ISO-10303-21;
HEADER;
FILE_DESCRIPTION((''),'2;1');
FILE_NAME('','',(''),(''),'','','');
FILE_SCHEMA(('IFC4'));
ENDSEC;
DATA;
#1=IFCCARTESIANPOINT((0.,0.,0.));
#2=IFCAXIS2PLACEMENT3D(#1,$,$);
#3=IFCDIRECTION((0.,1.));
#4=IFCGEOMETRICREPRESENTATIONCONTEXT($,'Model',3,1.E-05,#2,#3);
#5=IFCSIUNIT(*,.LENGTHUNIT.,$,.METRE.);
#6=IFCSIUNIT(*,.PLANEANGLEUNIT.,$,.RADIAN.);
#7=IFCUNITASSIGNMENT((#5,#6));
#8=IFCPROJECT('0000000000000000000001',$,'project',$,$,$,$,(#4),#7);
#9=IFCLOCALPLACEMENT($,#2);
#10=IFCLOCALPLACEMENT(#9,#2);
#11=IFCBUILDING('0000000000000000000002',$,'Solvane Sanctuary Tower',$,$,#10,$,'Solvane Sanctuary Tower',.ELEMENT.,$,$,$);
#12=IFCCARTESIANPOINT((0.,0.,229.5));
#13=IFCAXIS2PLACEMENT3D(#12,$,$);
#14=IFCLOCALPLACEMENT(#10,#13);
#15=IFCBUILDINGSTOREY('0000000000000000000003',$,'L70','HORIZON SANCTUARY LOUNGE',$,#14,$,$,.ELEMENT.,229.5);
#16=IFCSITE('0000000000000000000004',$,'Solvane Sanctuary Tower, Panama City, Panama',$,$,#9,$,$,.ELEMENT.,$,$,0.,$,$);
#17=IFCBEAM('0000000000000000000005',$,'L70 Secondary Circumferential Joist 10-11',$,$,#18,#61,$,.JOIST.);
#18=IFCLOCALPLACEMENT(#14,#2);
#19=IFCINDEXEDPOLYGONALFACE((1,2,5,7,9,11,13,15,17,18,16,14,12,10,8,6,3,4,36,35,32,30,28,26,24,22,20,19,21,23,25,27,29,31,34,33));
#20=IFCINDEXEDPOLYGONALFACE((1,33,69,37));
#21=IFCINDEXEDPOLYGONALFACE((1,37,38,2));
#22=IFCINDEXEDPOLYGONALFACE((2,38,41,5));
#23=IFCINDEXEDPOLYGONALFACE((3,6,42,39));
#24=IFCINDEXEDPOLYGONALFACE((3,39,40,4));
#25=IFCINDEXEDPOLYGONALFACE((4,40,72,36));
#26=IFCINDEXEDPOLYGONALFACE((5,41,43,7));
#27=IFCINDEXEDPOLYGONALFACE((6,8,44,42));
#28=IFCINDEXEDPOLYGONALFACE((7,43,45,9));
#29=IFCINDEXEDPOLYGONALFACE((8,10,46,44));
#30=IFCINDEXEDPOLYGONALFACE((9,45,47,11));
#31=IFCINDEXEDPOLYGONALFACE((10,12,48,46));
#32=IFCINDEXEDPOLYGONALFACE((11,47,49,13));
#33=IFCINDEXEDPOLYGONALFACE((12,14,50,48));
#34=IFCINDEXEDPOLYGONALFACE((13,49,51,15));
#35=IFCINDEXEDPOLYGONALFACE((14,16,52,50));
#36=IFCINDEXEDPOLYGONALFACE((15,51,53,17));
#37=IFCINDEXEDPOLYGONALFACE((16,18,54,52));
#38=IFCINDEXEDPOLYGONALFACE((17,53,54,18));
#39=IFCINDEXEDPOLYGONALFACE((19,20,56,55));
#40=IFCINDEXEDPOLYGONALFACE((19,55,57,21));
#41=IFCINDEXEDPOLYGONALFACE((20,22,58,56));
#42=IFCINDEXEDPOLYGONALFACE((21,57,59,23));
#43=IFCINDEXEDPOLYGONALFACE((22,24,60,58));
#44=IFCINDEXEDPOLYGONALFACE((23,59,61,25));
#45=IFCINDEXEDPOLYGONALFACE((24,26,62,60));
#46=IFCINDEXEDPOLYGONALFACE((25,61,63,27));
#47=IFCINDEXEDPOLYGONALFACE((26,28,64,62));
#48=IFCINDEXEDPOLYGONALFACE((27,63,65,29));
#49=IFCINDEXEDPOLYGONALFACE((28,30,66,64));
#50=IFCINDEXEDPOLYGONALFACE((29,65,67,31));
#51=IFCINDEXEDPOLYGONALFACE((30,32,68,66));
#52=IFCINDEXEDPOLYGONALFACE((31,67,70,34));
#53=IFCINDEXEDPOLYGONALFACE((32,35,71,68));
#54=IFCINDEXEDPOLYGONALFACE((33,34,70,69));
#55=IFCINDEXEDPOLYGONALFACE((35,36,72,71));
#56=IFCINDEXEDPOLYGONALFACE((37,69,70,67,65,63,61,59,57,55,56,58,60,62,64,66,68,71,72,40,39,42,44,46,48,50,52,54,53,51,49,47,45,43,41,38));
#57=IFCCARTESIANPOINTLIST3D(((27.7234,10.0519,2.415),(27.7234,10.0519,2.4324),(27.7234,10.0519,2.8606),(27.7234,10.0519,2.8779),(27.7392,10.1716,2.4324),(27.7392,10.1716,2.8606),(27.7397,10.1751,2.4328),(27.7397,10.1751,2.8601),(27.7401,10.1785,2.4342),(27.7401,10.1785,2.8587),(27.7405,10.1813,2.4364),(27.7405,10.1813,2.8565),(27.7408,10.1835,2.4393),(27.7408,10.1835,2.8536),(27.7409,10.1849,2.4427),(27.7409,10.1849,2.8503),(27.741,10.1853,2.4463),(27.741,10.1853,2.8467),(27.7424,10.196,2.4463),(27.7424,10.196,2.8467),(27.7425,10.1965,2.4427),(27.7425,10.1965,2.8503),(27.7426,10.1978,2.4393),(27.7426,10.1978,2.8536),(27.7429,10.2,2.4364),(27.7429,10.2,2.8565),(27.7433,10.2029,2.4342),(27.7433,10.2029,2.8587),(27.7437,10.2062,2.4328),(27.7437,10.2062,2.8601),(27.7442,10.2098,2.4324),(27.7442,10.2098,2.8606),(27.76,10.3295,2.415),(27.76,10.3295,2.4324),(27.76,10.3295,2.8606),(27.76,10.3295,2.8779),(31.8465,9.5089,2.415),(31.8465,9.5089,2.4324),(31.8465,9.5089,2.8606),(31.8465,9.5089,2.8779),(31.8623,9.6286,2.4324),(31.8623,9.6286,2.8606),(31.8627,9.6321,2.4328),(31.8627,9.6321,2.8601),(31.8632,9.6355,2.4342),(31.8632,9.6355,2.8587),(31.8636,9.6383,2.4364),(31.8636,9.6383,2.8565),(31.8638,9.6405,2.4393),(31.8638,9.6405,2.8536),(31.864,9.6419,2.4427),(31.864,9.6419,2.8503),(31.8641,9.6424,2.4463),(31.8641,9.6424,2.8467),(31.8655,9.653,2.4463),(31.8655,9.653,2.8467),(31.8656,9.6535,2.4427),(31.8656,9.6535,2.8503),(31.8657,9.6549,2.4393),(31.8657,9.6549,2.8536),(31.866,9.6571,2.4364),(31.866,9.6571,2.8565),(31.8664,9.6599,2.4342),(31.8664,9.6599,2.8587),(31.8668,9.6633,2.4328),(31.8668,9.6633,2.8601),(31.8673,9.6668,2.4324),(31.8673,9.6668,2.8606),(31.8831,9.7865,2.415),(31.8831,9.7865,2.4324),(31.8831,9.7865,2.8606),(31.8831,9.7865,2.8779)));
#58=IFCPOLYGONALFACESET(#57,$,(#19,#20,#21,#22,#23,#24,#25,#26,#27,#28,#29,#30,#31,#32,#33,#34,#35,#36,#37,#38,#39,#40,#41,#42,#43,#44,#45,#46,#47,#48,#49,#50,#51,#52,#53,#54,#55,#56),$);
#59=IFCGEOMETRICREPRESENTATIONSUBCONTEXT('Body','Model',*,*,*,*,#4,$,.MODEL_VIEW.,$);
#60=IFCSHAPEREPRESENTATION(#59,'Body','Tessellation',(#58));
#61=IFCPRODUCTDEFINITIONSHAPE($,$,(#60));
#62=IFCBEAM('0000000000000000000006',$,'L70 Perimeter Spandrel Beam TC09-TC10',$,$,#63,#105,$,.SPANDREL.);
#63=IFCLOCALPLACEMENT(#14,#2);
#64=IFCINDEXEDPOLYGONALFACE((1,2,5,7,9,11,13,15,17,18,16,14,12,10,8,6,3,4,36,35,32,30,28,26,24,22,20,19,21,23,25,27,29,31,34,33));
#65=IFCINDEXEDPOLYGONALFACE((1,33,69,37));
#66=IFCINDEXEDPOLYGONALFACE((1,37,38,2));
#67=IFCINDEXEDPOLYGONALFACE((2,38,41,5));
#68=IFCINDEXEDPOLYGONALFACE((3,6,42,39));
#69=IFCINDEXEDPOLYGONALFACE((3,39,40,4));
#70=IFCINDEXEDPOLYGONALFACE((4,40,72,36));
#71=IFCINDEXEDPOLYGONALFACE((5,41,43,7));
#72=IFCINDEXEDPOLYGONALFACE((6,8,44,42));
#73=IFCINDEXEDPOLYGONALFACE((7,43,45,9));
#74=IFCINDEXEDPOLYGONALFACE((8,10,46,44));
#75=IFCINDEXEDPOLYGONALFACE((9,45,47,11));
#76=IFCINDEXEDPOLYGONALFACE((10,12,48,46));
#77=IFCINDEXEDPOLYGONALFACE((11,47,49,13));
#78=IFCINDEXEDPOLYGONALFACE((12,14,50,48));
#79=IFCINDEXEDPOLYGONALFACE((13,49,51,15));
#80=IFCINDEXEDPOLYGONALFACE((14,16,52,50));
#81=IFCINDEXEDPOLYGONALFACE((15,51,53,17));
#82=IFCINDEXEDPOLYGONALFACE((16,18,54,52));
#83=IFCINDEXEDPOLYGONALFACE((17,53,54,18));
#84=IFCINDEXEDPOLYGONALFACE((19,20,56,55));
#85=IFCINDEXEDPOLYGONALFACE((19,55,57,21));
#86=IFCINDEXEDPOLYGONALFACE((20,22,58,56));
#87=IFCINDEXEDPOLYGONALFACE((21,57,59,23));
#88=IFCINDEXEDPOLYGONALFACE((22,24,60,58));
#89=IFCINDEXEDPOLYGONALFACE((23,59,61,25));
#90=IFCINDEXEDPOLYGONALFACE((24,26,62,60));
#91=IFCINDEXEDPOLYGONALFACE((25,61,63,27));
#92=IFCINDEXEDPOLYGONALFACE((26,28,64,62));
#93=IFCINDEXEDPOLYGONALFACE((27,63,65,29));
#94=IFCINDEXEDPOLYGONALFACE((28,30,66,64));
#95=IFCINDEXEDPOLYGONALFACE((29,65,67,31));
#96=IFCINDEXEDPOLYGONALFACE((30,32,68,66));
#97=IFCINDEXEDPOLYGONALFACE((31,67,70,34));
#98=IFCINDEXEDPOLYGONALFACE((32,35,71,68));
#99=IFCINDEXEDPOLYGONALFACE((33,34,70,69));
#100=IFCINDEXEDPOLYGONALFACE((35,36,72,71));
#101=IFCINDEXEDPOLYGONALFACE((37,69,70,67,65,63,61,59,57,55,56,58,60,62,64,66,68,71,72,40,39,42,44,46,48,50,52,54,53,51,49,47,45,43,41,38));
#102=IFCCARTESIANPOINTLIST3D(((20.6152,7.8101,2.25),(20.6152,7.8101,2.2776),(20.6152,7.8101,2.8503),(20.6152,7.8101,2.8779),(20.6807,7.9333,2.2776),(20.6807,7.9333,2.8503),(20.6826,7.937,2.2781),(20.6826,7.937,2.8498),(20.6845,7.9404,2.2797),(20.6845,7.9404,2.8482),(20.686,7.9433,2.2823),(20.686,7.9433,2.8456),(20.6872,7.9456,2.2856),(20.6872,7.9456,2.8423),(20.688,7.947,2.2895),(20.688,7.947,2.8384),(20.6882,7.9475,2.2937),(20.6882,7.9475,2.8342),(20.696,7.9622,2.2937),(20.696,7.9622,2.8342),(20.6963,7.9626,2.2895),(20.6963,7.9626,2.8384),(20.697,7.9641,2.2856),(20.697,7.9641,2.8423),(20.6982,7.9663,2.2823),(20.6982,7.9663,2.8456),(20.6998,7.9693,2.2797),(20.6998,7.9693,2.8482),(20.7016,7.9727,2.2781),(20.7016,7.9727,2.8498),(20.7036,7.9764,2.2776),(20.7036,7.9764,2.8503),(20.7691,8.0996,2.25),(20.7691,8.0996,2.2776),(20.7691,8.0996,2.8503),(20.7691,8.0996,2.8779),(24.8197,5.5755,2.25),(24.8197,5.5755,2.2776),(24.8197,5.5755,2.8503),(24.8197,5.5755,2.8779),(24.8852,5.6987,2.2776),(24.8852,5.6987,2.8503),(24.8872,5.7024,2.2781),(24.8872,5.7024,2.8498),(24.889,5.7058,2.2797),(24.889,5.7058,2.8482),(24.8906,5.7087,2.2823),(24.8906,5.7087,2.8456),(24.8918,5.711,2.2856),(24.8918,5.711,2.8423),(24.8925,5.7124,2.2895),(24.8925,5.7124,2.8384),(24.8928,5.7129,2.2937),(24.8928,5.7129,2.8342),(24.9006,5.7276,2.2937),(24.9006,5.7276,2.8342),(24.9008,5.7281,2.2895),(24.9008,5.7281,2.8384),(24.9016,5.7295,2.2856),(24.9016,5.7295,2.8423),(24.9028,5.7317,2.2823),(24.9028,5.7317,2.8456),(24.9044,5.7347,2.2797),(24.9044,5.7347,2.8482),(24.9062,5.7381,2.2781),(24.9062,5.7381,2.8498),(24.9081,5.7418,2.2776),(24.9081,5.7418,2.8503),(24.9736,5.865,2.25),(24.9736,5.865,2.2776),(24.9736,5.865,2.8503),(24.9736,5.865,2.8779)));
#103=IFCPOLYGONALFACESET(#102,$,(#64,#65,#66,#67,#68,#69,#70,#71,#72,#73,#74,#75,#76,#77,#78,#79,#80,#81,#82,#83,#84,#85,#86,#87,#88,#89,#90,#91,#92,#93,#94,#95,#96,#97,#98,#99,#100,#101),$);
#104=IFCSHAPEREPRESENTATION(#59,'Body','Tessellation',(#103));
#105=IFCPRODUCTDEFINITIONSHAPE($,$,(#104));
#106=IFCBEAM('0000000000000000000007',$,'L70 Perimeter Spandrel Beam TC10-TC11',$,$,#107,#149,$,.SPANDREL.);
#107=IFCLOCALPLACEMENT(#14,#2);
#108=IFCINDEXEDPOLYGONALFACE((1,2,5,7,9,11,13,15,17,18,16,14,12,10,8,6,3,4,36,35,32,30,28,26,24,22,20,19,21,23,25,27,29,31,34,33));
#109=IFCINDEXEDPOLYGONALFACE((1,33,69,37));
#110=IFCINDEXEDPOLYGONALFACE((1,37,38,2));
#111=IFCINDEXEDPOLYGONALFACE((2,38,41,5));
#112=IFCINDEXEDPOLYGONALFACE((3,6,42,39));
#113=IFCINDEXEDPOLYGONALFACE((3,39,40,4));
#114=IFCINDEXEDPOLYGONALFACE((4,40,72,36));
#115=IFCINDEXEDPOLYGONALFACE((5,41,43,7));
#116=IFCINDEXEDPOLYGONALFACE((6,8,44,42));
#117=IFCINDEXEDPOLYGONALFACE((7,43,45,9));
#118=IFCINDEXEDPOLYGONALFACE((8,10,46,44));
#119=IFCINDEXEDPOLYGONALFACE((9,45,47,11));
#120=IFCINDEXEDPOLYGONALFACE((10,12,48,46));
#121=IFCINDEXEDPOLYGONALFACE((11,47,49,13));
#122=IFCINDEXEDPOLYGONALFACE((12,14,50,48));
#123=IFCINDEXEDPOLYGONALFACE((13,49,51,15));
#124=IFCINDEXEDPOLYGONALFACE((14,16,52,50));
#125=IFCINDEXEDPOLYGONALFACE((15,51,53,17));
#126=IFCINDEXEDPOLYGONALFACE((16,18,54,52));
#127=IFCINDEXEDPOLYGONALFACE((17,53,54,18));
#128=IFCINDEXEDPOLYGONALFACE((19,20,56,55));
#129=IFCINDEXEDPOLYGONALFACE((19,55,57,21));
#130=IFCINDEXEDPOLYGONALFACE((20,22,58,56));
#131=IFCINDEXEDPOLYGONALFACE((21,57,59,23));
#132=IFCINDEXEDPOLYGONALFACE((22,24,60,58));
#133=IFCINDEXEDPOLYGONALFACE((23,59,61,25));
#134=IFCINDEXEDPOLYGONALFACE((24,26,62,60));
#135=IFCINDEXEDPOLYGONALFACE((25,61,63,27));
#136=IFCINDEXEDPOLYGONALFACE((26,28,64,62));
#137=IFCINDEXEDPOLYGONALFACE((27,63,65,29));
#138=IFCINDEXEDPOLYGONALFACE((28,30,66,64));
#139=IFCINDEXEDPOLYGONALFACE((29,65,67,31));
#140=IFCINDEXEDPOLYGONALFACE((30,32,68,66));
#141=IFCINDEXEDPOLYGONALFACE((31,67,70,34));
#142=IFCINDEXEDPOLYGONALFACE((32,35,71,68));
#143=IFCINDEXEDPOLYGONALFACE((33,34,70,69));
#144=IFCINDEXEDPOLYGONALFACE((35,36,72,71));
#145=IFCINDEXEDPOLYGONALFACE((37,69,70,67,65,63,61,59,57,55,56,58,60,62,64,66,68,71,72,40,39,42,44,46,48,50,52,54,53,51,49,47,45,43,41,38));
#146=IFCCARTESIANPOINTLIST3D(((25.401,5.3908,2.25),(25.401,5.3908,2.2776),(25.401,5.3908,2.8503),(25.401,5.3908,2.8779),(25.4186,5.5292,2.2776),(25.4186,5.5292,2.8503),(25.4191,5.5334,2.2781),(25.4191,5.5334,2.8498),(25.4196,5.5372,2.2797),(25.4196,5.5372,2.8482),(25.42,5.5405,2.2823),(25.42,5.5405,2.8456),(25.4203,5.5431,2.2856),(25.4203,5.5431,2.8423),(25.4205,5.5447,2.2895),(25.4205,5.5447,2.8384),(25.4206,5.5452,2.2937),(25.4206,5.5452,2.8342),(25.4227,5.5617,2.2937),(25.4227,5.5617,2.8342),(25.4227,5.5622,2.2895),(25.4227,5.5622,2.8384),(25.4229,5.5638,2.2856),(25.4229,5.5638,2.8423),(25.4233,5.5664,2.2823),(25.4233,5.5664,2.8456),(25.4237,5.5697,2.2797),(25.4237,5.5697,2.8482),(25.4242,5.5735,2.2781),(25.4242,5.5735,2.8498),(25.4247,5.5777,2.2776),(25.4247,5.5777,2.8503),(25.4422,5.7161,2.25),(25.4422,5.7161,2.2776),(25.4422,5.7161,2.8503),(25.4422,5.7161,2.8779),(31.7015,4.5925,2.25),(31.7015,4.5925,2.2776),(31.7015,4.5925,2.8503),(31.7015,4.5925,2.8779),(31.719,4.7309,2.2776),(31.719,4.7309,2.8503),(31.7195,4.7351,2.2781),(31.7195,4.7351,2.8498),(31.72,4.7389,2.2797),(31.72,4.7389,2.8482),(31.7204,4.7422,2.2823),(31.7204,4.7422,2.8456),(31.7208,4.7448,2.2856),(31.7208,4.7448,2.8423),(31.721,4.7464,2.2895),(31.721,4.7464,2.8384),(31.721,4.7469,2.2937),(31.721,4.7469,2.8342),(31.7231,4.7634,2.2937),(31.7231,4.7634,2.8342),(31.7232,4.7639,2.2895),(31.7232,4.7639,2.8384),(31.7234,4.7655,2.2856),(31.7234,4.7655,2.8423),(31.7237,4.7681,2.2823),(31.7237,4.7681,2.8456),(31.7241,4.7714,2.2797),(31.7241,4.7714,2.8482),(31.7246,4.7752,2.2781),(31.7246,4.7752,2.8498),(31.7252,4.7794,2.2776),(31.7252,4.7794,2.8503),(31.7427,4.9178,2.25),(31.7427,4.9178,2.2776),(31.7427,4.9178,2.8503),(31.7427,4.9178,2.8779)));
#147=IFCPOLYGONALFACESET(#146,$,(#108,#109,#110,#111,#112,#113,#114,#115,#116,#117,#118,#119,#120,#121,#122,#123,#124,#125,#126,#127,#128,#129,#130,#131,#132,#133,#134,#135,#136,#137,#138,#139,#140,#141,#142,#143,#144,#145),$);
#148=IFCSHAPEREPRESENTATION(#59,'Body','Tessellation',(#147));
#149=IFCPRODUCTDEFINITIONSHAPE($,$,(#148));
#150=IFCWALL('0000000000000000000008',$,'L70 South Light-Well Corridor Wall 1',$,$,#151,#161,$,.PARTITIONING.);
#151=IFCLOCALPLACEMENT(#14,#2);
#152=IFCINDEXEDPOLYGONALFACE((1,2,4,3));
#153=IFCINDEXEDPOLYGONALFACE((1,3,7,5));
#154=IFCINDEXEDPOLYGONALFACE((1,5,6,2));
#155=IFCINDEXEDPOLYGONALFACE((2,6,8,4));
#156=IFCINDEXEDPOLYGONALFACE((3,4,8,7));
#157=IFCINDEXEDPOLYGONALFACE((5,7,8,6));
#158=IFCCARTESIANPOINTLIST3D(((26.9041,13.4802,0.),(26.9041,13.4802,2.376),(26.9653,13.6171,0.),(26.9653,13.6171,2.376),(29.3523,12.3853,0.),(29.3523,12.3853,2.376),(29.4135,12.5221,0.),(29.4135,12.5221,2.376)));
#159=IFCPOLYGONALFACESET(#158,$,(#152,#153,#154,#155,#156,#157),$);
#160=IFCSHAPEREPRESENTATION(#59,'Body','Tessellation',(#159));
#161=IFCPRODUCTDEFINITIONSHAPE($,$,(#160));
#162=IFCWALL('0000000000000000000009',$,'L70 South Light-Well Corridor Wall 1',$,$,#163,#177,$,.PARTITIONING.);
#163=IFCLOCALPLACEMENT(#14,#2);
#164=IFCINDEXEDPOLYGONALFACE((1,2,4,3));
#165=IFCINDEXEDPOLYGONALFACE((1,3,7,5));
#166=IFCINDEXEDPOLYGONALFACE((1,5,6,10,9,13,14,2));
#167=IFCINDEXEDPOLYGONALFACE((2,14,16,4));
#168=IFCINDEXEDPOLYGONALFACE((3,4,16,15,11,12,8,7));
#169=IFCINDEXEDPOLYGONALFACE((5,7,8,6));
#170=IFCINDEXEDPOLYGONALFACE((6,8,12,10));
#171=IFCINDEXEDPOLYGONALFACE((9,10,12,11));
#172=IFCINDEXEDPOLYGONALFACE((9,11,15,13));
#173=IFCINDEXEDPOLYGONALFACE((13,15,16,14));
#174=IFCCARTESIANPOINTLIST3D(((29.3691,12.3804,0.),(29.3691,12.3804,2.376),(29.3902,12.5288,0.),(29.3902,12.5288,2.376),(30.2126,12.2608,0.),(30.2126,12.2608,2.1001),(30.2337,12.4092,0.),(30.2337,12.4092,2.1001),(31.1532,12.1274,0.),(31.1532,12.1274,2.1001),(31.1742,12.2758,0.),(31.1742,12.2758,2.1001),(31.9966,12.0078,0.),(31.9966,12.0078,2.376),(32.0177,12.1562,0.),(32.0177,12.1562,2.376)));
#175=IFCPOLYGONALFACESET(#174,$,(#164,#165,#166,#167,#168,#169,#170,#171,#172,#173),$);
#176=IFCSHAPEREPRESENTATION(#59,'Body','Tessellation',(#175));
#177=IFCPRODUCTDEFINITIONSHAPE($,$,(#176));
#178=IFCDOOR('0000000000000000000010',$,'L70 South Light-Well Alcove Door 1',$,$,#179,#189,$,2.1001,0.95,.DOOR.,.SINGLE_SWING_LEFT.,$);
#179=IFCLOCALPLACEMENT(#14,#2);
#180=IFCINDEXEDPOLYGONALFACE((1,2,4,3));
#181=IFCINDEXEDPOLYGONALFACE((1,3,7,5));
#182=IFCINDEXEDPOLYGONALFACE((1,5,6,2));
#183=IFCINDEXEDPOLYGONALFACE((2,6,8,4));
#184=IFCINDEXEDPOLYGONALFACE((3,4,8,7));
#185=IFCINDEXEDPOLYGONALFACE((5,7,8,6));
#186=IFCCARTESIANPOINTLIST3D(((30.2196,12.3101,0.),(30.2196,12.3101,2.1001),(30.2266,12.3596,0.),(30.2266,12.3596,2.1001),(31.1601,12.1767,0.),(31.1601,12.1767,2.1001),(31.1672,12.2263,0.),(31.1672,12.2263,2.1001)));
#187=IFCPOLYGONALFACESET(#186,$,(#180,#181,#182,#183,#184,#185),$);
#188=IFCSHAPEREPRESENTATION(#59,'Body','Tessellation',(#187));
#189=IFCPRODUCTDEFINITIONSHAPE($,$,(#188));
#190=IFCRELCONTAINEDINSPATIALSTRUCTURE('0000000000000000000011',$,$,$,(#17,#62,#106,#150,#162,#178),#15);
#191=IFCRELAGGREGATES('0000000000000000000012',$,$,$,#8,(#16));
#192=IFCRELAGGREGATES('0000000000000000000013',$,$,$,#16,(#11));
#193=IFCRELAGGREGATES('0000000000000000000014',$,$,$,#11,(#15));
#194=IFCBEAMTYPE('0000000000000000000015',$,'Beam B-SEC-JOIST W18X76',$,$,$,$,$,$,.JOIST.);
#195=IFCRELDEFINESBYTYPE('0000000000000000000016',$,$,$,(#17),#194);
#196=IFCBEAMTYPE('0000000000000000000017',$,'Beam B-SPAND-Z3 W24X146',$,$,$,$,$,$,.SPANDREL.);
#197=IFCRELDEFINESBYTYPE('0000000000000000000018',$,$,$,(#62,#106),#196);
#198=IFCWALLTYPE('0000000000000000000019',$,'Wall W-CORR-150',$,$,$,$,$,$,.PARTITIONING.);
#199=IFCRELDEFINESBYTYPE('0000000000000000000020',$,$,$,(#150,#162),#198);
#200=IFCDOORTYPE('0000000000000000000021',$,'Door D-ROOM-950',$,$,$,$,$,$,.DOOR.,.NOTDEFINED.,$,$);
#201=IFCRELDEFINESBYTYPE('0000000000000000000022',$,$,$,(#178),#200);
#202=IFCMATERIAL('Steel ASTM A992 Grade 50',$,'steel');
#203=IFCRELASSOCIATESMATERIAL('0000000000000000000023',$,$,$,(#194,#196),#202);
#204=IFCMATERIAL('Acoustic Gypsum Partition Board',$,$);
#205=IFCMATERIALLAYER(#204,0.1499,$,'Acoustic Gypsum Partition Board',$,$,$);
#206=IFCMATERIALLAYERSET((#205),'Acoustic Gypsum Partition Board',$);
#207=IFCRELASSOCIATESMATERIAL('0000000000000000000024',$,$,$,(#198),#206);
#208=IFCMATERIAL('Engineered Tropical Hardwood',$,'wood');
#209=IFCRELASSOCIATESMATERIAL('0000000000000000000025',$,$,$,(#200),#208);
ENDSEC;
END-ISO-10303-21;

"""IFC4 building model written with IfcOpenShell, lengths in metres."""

from ifc_helpers import new_model, si_unit, direction, frame, frame_2d, origin, origin_2d, place, context, subcontext, project, spatial, rectangle, i_section, extrude, material, layer, layer_set, material_profile, profile_set, type_object, element, fill, save


model = new_model("IFC4")

# Units and contexts
model_context = context("Model", 3, precision=1e-05, world=origin(), true_north=direction((0.0, 1.0)))
body_context = subcontext(model_context, "Body", "Model", "MODEL_VIEW")
ifc_project = project(units=[si_unit("LENGTHUNIT", "METRE"), si_unit("PLANEANGLEUNIT", "RADIAN")], contexts=[model_context])

# Site, building, storey
site_placement = place(None, origin())
site = spatial("IfcSite", under=ifc_project, at=site_placement, Name="Solvane Sanctuary Tower, Panama City, Panama", CompositionType="ELEMENT", RefElevation=0.0)
building_placement = place(site_placement, origin())
building = spatial("IfcBuilding", under=site, at=building_placement, Name="Solvane Sanctuary Tower", LongName="Solvane Sanctuary Tower", CompositionType="ELEMENT")
storey_placement = place(building_placement, frame((0.0, 0.0, 229.5)))
storey = spatial("IfcBuildingStorey", under=building, at=storey_placement, Name="L70", Description="HORIZON SANCTUARY LOUNGE", CompositionType="ELEMENT", Elevation=229.5)

# Beams
ifc_material_1 = material(Name="Steel ASTM A992 Grade 50", Category="steel")
ifc_material_profile_1 = material_profile(ifc_material_1, i_section(OverallWidth=0.28, OverallDepth=0.4629, WebThickness=0.0107, FlangeThickness=0.0173, FilletRadius=0.0139, at=origin_2d()), Name="W18X76")
ifc_profile_set_1 = profile_set([ifc_material_profile_1], Name="Steel ASTM A992 Grade 50")
beam_type_1 = type_object("IfcBeamType", Name="Beam B-SEC-JOIST W18X76", PredefinedType="JOIST", material=ifc_profile_set_1)
beam_1_placement = place(storey_placement, frame((27.7417, 10.1907, 2.6465), z_axis=(0.99144, -0.130564, 0.0), x_axis=(0.130564, 0.99144, 0.0)))
element("IfcBeam", 1, at=beam_1_placement, inside=storey, type_object=beam_type_1, Name="L70 Secondary Circumferential Joist 10-11", PredefinedType="JOIST", context=body_context, shape_type="SweptSolid", body=[
    extrude(i_section(OverallWidth=0.28, OverallDepth=0.4629, WebThickness=0.0107, FlangeThickness=0.0173, FilletRadius=0.0139, at=origin_2d()), origin(), (0.0, 0.0, 1.0), 4.1587),
])
ifc_material_profile_2 = material_profile(ifc_material_1, i_section(OverallWidth=0.3279, OverallDepth=0.6279, WebThickness=0.0166, FlangeThickness=0.0276, FilletRadius=0.0161, at=origin_2d()), Name="W24X146")
ifc_profile_set_2 = profile_set([ifc_material_profile_2], Name="Steel ASTM A992 Grade 50")
beam_type_2 = type_object("IfcBeamType", Name="Beam B-SPAND-Z3 W24X146", PredefinedType="SPANDREL", material=ifc_profile_set_2)
beam_2_placement = place(storey_placement, frame((20.6921, 7.9548, 2.564), z_axis=(0.883035, -0.469308, 0.0), x_axis=(0.469308, 0.883035, 0.0)))
element("IfcBeam", 2, at=beam_2_placement, inside=storey, type_object=beam_type_2, Name="L70 Perimeter Spandrel Beam TC09-TC10", PredefinedType="SPANDREL", context=body_context, shape_type="SweptSolid", body=[
    extrude(i_section(OverallWidth=0.3279, OverallDepth=0.6279, WebThickness=0.0166, FlangeThickness=0.0276, FilletRadius=0.0161, at=origin_2d()), origin(), (0.0, 0.0, 1.0), 4.7615),
])
beam_3_placement = place(storey_placement, frame((25.4216, 5.5535, 2.564), z_axis=(0.992068, -0.125705, 0.0), x_axis=(0.125705, 0.992068, 0.0)))
element("IfcBeam", 3, at=beam_3_placement, inside=storey, type_object=beam_type_2, Name="L70 Perimeter Spandrel Beam TC10-TC11", PredefinedType="SPANDREL", context=body_context, shape_type="SweptSolid", body=[
    extrude(i_section(OverallWidth=0.3279, OverallDepth=0.6279, WebThickness=0.0166, FlangeThickness=0.0276, FilletRadius=0.0161, at=origin_2d()), origin(), (0.0, 0.0, 1.0), 6.3508),
])

# Wall
ifc_material_2 = material(Name="Acoustic Gypsum Partition Board")
ifc_layer_1 = layer(ifc_material_2, 0.1499, Name="Acoustic Gypsum Partition Board")
ifc_layer_set_1 = layer_set([ifc_layer_1], Name="Acoustic Gypsum Partition Board")
wall_type_1 = type_object("IfcWallType", Name="Wall W-CORR-150", PredefinedType="PARTITIONING", material=ifc_layer_set_1)
wall_1_placement = place(storey_placement, frame((26.9348, 13.5486, 0.0), z_axis=(0.0, 0.0, 1.0), x_axis=(0.912859, -0.408274, 0.0)))
element("IfcWall", 4, at=wall_1_placement, inside=storey, type_object=wall_type_1, Name="L70 South Light-Well Corridor Wall 1", PredefinedType="PARTITIONING", context=body_context, shape_type="SweptSolid", body=[
    extrude(rectangle(XDim=2.6819, YDim=0.1499, at=frame_2d((1.3408, 0.0))), origin(), (0.0, 0.0, 1.0), 2.376),
])

# Wall, opening, door
wall_2_placement = place(storey_placement, frame((29.3796, 12.4546, 0.0), z_axis=(0.0, 0.0, 1.0), x_axis=(0.990096, -0.140391, 0.0)))
wall_2 = element("IfcWall", 5, at=wall_2_placement, inside=storey, type_object=wall_type_1, Name="L70 South Light-Well Corridor Wall 1", PredefinedType="PARTITIONING", context=body_context, shape_type="SweptSolid", body=[
    extrude(rectangle(XDim=2.6538, YDim=0.1499, at=frame_2d((1.3269, 0.0))), origin(), (0.0, 0.0, 1.0), 2.376),
])
opening_1_placement = place(wall_2_placement, frame((0.8518, 0.0, 0.0)))
opening_1 = element("IfcOpeningElement", 6, at=opening_1_placement, cuts=wall_2, PredefinedType="OPENING", context=body_context, shape_type="SweptSolid", body=[
    extrude(rectangle(XDim=0.95, YDim=2.1001, at=frame_2d((0.4751, 1.05))), frame((0.0, 0.085, 0.0), z_axis=(0.0, -1.0, 0.0), x_axis=(1.0, 0.0, 0.0)), (0.0, 0.0, 1.0), 0.1699),
])
ifc_material_3 = material(Name="Engineered Tropical Hardwood", Category="wood")
door_type_1 = type_object("IfcDoorType", Name="Door D-ROOM-950", OperationType="NOTDEFINED", PredefinedType="DOOR", material=ifc_material_3)
door_1_placement = place(opening_1_placement, origin())
door_1 = element("IfcDoor", 7, at=door_1_placement, inside=storey, type_object=door_type_1, Name="L70 South Light-Well Alcove Door 1", OperationType="SINGLE_SWING_LEFT", OverallHeight=2.1001, OverallWidth=0.95, PredefinedType="DOOR", context=body_context, shape_type="SweptSolid", body=[
    extrude(rectangle(XDim=0.95, YDim=2.1001, at=frame_2d((0.4751, 1.05))), frame((0.0, 0.0249, 0.0), z_axis=(0.0, -1.0, 0.0), x_axis=(1.0, 0.0, 0.0)), (0.0, 0.0, 1.0), 0.05),
])
fill(opening_1, door_1)

save(model, "model.ifc")
